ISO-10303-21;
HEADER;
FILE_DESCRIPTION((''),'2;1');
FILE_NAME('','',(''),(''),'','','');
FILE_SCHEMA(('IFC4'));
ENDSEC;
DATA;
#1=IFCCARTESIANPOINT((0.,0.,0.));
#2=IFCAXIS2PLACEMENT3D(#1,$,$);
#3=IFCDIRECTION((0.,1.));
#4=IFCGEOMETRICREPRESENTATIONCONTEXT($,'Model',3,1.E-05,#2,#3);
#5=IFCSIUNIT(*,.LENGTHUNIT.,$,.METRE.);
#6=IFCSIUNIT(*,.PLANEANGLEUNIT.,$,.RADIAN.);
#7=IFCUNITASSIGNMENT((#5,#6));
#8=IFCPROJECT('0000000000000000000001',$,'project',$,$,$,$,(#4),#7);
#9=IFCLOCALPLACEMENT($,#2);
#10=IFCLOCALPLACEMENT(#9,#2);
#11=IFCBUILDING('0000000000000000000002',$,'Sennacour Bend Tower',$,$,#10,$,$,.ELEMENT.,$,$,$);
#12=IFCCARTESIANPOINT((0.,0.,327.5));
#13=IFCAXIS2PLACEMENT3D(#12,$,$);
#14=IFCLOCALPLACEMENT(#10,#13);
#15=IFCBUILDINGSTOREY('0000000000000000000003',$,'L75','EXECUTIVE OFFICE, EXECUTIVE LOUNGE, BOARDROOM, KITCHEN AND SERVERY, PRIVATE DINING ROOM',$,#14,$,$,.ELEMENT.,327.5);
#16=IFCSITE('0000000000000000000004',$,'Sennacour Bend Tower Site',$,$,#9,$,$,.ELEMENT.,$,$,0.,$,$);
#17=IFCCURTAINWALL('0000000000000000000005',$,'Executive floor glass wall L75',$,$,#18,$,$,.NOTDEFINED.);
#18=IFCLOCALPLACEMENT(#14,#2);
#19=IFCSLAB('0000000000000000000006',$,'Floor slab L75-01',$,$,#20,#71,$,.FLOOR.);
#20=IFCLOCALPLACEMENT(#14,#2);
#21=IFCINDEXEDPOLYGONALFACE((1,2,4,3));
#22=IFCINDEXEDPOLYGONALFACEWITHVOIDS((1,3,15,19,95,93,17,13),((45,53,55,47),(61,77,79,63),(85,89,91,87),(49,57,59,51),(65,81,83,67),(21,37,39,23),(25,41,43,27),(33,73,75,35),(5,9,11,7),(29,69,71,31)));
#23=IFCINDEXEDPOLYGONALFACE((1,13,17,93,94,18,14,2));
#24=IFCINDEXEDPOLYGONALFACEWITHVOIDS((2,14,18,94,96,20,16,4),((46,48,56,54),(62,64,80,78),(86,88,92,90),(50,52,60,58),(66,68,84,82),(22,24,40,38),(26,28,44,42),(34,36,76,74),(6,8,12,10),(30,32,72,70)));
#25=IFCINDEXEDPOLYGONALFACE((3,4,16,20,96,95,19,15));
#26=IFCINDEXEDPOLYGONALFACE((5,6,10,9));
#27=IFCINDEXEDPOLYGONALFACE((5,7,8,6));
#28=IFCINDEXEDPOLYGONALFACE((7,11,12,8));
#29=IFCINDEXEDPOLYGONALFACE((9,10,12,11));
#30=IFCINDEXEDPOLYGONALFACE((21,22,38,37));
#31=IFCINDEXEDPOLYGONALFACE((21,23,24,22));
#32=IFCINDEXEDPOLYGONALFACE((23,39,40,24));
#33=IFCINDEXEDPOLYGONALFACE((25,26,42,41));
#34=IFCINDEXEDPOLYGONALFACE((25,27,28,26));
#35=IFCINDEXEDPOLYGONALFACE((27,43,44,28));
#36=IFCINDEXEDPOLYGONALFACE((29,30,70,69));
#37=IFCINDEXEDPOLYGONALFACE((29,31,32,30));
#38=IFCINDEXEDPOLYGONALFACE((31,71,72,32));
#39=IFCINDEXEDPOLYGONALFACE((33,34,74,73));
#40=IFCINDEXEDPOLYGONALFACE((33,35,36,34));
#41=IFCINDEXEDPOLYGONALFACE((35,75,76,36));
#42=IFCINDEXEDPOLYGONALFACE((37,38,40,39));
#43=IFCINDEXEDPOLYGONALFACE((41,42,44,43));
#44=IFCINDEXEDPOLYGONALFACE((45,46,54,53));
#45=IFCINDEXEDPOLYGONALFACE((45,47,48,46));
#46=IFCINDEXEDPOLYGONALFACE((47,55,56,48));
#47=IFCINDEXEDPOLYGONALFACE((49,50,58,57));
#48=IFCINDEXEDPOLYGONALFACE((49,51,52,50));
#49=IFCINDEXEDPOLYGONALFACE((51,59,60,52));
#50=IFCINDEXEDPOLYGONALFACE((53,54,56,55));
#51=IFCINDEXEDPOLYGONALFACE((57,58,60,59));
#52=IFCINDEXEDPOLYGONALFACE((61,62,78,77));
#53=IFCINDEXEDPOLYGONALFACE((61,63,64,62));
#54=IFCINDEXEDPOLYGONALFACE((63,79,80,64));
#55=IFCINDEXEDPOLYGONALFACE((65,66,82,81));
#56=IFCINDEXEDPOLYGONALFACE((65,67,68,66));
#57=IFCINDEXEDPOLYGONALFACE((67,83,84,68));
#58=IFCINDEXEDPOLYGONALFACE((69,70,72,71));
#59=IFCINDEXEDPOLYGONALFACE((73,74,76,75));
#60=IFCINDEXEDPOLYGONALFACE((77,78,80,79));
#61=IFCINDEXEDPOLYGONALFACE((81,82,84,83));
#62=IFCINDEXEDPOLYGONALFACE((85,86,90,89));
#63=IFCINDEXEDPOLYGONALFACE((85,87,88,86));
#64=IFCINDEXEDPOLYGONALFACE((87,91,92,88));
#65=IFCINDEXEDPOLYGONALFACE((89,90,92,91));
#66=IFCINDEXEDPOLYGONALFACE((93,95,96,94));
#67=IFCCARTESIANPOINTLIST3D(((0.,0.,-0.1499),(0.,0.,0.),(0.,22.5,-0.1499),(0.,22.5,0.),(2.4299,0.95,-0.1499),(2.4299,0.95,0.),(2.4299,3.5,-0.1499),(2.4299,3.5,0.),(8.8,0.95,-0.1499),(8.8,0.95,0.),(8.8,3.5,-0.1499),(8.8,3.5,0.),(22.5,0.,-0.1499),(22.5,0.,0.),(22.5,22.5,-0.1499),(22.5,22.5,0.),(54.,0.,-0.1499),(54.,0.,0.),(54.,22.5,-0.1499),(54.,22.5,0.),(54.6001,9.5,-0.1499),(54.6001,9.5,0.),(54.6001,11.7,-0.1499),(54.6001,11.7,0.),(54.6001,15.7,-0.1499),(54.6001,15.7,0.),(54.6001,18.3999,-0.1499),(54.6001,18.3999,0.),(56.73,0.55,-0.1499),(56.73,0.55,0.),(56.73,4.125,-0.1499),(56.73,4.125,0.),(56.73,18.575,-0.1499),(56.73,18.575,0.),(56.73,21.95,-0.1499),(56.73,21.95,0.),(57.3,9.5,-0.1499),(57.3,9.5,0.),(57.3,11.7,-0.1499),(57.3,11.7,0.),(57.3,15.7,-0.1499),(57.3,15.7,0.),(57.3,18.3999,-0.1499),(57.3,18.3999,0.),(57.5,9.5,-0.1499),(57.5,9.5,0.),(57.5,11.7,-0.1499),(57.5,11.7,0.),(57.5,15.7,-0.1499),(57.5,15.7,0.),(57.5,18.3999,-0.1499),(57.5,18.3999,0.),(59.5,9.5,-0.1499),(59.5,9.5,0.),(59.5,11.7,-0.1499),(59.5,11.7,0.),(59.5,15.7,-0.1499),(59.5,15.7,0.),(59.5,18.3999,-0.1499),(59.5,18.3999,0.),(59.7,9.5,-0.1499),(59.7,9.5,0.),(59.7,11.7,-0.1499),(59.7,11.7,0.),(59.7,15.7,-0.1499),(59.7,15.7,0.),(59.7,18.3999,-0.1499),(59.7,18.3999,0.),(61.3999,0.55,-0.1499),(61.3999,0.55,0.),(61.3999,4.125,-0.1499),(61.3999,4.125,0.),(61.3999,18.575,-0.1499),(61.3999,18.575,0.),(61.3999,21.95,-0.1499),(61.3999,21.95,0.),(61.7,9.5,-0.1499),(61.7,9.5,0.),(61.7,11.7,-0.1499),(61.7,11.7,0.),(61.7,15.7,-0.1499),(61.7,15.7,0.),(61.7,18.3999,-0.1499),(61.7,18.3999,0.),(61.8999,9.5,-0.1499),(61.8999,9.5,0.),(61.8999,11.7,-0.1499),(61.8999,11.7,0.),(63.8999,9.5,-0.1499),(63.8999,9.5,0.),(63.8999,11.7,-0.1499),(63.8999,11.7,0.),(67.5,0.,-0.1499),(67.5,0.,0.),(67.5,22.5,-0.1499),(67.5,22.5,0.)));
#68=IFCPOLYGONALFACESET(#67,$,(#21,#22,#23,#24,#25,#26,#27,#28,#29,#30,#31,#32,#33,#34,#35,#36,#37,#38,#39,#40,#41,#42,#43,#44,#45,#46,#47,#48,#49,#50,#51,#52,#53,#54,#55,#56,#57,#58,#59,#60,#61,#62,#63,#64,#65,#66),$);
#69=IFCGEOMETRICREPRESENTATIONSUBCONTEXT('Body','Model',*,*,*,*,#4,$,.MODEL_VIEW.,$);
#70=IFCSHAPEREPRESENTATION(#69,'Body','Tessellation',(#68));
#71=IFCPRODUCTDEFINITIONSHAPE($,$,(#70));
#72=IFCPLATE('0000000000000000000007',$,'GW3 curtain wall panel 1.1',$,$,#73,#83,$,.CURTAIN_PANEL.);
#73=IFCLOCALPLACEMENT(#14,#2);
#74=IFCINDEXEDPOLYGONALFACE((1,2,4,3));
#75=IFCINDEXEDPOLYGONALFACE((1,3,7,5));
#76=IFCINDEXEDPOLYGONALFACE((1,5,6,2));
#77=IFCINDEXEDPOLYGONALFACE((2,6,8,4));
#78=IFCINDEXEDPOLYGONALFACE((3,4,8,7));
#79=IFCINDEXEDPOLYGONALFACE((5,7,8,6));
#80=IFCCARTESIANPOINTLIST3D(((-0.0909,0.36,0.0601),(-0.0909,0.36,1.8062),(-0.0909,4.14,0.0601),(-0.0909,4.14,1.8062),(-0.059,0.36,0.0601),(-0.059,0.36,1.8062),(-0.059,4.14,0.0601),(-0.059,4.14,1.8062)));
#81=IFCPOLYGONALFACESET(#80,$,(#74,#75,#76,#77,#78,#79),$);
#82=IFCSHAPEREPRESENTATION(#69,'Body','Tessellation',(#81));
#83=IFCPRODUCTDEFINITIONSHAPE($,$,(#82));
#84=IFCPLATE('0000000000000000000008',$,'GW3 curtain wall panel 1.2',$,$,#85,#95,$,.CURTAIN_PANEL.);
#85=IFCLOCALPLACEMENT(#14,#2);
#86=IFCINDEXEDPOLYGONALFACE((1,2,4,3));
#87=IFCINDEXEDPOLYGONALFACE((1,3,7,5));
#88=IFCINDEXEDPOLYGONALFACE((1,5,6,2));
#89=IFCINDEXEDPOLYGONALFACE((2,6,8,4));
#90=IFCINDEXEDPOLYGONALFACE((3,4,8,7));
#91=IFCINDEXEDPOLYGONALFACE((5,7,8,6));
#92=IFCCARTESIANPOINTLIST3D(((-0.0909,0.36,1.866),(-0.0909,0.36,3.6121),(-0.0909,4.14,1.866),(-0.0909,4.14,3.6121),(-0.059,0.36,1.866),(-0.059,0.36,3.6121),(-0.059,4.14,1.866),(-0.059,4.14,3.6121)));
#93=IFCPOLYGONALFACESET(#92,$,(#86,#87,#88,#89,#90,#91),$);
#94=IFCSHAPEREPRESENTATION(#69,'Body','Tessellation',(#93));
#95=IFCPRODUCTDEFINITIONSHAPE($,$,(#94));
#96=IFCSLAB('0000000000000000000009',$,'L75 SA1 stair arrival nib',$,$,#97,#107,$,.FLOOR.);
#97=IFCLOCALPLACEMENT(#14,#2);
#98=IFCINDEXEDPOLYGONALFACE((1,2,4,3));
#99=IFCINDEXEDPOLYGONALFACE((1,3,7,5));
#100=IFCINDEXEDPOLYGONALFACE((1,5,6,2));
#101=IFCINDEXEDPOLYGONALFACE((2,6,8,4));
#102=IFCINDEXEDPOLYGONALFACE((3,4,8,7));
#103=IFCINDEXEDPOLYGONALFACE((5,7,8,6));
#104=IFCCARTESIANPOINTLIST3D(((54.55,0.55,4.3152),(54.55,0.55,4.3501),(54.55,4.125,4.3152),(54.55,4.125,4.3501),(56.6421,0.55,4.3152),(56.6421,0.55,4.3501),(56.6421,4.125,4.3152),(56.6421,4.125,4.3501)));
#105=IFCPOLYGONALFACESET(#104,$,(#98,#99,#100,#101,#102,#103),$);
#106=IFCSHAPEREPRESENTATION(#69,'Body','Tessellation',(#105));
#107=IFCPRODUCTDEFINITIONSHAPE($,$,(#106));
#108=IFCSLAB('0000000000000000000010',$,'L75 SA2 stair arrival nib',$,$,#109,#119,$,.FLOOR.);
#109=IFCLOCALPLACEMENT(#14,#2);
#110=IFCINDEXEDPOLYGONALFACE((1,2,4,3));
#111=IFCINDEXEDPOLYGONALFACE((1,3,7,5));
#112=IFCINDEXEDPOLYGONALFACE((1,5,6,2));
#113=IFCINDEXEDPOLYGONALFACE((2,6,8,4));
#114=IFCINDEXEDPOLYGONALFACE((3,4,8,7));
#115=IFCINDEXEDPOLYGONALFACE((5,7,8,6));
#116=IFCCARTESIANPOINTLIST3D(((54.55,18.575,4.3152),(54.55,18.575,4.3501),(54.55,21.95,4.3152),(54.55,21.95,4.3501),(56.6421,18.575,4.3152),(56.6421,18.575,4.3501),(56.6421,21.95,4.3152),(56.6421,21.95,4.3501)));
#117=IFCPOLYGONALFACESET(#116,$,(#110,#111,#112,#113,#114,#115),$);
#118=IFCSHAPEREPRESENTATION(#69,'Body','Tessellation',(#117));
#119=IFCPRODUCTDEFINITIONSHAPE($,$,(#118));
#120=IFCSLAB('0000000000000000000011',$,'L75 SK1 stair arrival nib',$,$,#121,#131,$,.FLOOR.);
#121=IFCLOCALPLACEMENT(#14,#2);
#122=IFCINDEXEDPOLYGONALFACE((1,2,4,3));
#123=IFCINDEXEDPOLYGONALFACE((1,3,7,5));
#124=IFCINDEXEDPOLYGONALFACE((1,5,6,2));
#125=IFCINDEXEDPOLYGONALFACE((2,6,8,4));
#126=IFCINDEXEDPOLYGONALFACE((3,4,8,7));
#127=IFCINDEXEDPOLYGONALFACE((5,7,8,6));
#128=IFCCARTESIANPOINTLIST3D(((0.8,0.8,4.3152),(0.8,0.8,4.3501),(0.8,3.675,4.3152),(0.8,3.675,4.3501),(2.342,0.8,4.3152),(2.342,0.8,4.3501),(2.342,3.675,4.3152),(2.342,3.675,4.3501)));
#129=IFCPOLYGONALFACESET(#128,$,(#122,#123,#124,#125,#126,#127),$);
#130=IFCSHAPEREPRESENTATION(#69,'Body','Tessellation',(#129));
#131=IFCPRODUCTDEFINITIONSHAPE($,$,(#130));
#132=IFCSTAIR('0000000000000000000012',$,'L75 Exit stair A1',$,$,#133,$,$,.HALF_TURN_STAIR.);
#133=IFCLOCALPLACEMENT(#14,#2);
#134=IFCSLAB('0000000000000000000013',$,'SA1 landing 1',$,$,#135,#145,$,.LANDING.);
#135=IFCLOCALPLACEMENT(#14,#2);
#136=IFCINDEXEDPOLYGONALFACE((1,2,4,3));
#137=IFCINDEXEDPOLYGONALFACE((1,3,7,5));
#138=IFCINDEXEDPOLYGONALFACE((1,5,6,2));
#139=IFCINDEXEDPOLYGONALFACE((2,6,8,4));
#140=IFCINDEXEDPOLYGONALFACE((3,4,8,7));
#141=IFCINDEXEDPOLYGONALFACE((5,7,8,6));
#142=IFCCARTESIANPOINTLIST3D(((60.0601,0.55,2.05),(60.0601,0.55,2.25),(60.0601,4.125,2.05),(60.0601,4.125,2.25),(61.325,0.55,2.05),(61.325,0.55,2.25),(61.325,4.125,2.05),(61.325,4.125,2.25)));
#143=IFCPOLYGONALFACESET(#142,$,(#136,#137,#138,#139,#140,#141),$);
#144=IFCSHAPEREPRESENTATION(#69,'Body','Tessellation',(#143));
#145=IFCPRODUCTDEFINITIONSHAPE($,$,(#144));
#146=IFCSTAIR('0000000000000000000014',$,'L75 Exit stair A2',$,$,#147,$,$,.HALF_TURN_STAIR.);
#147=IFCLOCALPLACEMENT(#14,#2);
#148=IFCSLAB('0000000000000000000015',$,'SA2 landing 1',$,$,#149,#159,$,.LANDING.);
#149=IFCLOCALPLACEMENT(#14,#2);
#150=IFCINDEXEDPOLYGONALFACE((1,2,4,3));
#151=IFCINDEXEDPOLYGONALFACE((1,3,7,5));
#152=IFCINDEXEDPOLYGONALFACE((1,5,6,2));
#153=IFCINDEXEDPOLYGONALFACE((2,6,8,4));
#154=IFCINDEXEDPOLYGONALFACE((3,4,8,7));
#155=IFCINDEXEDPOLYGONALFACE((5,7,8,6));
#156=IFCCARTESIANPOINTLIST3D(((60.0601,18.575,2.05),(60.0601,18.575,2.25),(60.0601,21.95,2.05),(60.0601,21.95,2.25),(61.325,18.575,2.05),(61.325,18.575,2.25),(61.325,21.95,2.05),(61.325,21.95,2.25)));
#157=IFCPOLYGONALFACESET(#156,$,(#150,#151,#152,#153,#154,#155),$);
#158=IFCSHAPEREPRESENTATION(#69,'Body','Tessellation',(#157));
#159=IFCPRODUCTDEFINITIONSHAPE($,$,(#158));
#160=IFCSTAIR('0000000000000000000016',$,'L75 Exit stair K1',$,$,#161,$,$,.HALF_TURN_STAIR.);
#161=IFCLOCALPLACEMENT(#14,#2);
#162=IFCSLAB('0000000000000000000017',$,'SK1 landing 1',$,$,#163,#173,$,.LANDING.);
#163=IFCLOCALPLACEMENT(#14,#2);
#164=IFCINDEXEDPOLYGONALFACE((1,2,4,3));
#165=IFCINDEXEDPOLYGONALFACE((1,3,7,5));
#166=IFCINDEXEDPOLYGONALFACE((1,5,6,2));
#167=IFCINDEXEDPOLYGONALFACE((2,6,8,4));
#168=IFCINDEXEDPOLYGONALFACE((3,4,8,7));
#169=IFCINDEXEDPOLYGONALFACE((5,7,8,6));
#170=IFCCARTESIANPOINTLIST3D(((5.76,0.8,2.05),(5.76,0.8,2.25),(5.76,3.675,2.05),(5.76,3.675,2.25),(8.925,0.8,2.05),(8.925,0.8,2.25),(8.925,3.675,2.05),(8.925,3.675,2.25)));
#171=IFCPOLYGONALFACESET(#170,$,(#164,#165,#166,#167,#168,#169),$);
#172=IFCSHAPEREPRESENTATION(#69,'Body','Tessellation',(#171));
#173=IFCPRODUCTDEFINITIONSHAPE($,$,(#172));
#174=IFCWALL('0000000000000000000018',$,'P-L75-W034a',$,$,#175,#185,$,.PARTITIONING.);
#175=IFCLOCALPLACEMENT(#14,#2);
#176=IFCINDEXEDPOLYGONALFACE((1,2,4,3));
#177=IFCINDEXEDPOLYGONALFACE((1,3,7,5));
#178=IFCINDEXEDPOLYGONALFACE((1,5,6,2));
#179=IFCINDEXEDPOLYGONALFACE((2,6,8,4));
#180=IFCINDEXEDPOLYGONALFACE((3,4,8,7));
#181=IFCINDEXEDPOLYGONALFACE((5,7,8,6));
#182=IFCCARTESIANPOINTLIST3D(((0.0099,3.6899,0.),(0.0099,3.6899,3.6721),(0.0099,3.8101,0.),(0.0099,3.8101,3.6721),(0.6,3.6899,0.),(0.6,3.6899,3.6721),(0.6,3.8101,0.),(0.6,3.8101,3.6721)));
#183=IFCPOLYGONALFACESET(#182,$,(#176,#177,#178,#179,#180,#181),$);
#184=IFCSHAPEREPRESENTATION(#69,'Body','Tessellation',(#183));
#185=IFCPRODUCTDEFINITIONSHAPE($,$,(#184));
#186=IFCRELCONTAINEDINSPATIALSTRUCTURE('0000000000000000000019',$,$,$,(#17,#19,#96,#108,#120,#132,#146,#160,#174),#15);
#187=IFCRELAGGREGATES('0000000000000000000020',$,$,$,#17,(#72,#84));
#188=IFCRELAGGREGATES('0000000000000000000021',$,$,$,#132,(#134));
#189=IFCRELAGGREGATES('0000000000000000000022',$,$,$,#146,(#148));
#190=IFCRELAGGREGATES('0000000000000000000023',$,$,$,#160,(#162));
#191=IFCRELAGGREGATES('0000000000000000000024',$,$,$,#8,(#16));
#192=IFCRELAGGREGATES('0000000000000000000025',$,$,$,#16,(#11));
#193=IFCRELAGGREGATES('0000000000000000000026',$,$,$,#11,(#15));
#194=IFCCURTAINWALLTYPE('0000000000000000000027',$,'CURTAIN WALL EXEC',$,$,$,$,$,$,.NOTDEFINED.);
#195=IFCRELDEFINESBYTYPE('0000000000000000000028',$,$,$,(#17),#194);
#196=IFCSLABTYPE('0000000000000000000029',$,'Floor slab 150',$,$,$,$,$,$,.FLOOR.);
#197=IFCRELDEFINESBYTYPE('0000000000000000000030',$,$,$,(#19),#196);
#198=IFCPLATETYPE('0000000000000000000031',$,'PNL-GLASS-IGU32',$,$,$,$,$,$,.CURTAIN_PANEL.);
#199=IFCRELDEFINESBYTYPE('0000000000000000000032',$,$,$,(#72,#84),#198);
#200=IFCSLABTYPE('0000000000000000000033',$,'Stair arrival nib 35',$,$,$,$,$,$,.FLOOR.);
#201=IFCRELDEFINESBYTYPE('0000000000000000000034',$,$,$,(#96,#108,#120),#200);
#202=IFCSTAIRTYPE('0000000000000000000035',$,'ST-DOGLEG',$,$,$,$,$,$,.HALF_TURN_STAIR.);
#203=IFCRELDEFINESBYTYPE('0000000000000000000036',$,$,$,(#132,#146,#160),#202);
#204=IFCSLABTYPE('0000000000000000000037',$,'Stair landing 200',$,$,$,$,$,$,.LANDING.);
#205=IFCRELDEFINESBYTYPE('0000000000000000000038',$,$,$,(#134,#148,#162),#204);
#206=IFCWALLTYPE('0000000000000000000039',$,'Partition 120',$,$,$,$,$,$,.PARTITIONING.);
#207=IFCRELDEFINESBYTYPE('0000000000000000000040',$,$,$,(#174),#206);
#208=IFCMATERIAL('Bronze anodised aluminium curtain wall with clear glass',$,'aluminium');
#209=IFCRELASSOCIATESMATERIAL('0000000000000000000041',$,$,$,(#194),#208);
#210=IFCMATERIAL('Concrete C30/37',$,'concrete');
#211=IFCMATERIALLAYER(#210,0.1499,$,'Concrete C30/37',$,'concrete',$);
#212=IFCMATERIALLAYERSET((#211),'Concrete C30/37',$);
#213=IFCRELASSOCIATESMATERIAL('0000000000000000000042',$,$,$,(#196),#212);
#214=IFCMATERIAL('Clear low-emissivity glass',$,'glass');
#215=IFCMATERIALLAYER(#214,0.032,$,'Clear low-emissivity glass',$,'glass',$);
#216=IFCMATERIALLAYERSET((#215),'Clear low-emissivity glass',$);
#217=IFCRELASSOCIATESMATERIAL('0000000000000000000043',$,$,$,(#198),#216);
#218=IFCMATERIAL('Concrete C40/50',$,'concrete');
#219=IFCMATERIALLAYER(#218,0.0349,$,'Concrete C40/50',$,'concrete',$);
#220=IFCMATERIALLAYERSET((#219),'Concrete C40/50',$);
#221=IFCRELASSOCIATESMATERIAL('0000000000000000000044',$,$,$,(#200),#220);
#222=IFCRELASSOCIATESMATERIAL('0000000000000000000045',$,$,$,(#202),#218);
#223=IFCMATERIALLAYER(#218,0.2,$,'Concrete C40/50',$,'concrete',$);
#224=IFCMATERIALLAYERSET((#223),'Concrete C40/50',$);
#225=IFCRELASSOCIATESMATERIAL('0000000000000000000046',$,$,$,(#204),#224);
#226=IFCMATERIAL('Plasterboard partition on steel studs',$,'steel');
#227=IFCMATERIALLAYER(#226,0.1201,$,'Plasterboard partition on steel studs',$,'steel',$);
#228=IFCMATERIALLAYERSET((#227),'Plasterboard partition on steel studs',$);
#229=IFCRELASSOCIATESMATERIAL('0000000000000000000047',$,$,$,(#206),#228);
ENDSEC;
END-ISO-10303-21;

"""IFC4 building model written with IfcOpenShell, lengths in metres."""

from ifc_helpers import new_model, si_unit, direction, frame, frame_2d, origin, origin_2d, place, context, subcontext, project, spatial, polyline, rectangle, outline, extrude, material, layer, layer_set, type_object, element, aggregate, save


model = new_model("IFC4")

# Units and contexts
model_context = context("Model", 3, precision=1e-05, world=origin(), true_north=direction((0.0, 1.0)))
body_context = subcontext(model_context, "Body", "Model", "MODEL_VIEW")
ifc_project = project(units=[si_unit("LENGTHUNIT", "METRE"), si_unit("PLANEANGLEUNIT", "RADIAN")], contexts=[model_context])

# Site, building, storey
site_placement = place(None, origin())
site = spatial("IfcSite", under=ifc_project, at=site_placement, Name="Sennacour Bend Tower Site", CompositionType="ELEMENT", RefElevation=0.0)
building_placement = place(site_placement, origin())
building = spatial("IfcBuilding", under=site, at=building_placement, Name="Sennacour Bend Tower", CompositionType="ELEMENT")
storey_placement = place(building_placement, frame((0.0, 0.0, 327.5)))
storey = spatial("IfcBuildingStorey", under=building, at=storey_placement, Name="L75", Description="EXECUTIVE OFFICE, EXECUTIVE LOUNGE, BOARDROOM, KITCHEN AND SERVERY, PRIVATE DINING ROOM", CompositionType="ELEMENT", Elevation=327.5)

# Shared definitions
ifc_material_1 = material(Name="Bronze anodised aluminium curtain wall with clear glass", Category="aluminium")
curtain_wall_type = type_object("IfcCurtainWallType", Name="CURTAIN WALL EXEC", PredefinedType="NOTDEFINED", material=ifc_material_1)

# Curtain wall
curtain_wall_1_placement = place(storey_placement, origin())
curtain_wall_1 = element("IfcCurtainWall", 1, at=curtain_wall_1_placement, inside=storey, type_object=curtain_wall_type, Name="Executive floor glass wall L75", PredefinedType="NOTDEFINED")

# Slab
ifc_material_2 = material(Name="Concrete C30/37", Category="concrete")
ifc_layer_1 = layer(ifc_material_2, 0.1499, Name="Concrete C30/37", Category="concrete")
ifc_layer_set_1 = layer_set([ifc_layer_1], Name="Concrete C30/37")
slab_type_1 = type_object("IfcSlabType", Name="Floor slab 150", PredefinedType="FLOOR", material=ifc_layer_set_1)
slab_1_placement = place(storey_placement, frame((0.0, 0.0, -0.1499)))
element("IfcSlab", 2, at=slab_1_placement, inside=storey, type_object=slab_type_1, Name="Floor slab L75-01", PredefinedType="FLOOR", context=body_context, shape_type="SweptSolid", body=[
    extrude(outline(polyline([(0.0, 22.5), (22.5, 22.5), (54.0, 22.5), (67.5, 22.5), (67.5, 0.0), (54.0, 0.0), (22.5, 0.0), (0.0, 0.0), (0.0, 22.5)]), holes=[polyline([(8.8, 3.5), (2.4299, 3.5), (2.4299, 0.95), (8.8, 0.95), (8.8, 3.5)]), polyline([(61.3999, 4.125), (56.73, 4.125), (56.73, 0.55), (61.3999, 0.55), (61.3999, 4.125)]), polyline([(57.3, 11.7), (54.6001, 11.7), (54.6001, 9.5), (57.3, 9.5), (57.3, 11.7)]), polyline([(59.5, 9.5), (59.5, 11.7), (57.5, 11.7), (57.5, 9.5), (59.5, 9.5)]), polyline([(61.7, 9.5), (61.7, 11.7), (59.7, 11.7), (59.7, 9.5), (61.7, 9.5)]), polyline([(63.8999, 11.7), (61.8999, 11.7), (61.8999, 9.5), (63.8999, 9.5), (63.8999, 11.7)]), polyline([(57.3, 18.3999), (54.6001, 18.3999), (54.6001, 15.7), (57.3, 15.7), (57.3, 18.3999)]), polyline([(59.5, 18.3999), (57.5, 18.3999), (57.5, 15.7), (59.5, 15.7), (59.5, 18.3999)]), polyline([(61.7, 15.7), (61.7, 18.3999), (59.7, 18.3999), (59.7, 15.7), (61.7, 15.7)]), polyline([(61.3999, 18.575), (61.3999, 21.95), (56.73, 21.95), (56.73, 18.575), (61.3999, 18.575)])]), origin(), (0.0, 0.0, 1.0), 0.1499),
])

# Plates
ifc_material_3 = material(Name="Clear low-emissivity glass", Category="glass")
ifc_layer_2 = layer(ifc_material_3, 0.032, Name="Clear low-emissivity glass", Category="glass")
ifc_layer_set_2 = layer_set([ifc_layer_2], Name="Clear low-emissivity glass")
plate_type = type_object("IfcPlateType", Name="PNL-GLASS-IGU32", PredefinedType="CURTAIN_PANEL", material=ifc_layer_set_2)
plate_1_placement = place(storey_placement, frame((-0.075, 2.25, 0.0601), z_axis=(0.0, 0.0, 1.0), x_axis=(0.0, -1.0, 0.0)))
plate_1 = element("IfcPlate", 3, at=plate_1_placement, type_object=plate_type, Name="GW3 curtain wall panel 1.1", PredefinedType="CURTAIN_PANEL", context=body_context, shape_type="SweptSolid", body=[
    extrude(rectangle(XDim=3.78, YDim=0.032, at=origin_2d()), origin(), (0.0, 0.0, 1.0), 1.7461),
])
plate_2_placement = place(storey_placement, frame((-0.075, 2.25, 1.866), z_axis=(0.0, 0.0, 1.0), x_axis=(0.0, -1.0, 0.0)))
plate_2 = element("IfcPlate", 4, at=plate_2_placement, type_object=plate_type, Name="GW3 curtain wall panel 1.2", PredefinedType="CURTAIN_PANEL", context=body_context, shape_type="SweptSolid", body=[
    extrude(rectangle(XDim=3.78, YDim=0.032, at=origin_2d()), origin(), (0.0, 0.0, 1.0), 1.7461),
])
aggregate(curtain_wall_1, [plate_1, plate_2])

# Slabs
ifc_material_4 = material(Name="Concrete C40/50", Category="concrete")
ifc_layer_3 = layer(ifc_material_4, 0.0349, Name="Concrete C40/50", Category="concrete")
ifc_layer_set_3 = layer_set([ifc_layer_3], Name="Concrete C40/50")
slab_type_2 = type_object("IfcSlabType", Name="Stair arrival nib 35", PredefinedType="FLOOR", material=ifc_layer_set_3)
slab_2_placement = place(storey_placement, frame((0.0, 0.0, 4.3152)))
element("IfcSlab", 5, at=slab_2_placement, inside=storey, type_object=slab_type_2, Name="L75 SA1 stair arrival nib", PredefinedType="FLOOR", context=body_context, shape_type="SweptSolid", body=[
    extrude(outline(polyline([(56.6421, 4.125), (54.55, 4.125), (54.55, 0.55), (56.6421, 0.55), (56.6421, 4.125)])), origin(), (0.0, 0.0, 1.0), 0.0349),
])
slab_3_placement = place(storey_placement, frame((0.0, 0.0, 4.3152)))
element("IfcSlab", 6, at=slab_3_placement, inside=storey, type_object=slab_type_2, Name="L75 SA2 stair arrival nib", PredefinedType="FLOOR", context=body_context, shape_type="SweptSolid", body=[
    extrude(outline(polyline([(56.6421, 21.95), (54.55, 21.95), (54.55, 18.575), (56.6421, 18.575), (56.6421, 21.95)])), origin(), (0.0, 0.0, 1.0), 0.0349),
])
slab_4_placement = place(storey_placement, frame((0.0, 0.0, 4.3152)))
element("IfcSlab", 7, at=slab_4_placement, inside=storey, type_object=slab_type_2, Name="L75 SK1 stair arrival nib", PredefinedType="FLOOR", context=body_context, shape_type="SweptSolid", body=[
    extrude(outline(polyline([(2.342, 3.675), (0.8, 3.675), (0.8, 0.8), (2.342, 0.8), (2.342, 3.675)])), origin(), (0.0, 0.0, 1.0), 0.0349),
])

# Stairs, slabs
stair_type = type_object("IfcStairType", Name="ST-DOGLEG", PredefinedType="HALF_TURN_STAIR", material=ifc_material_4)
stair_1_placement = place(storey_placement, origin())
stair_1 = element("IfcStair", 8, at=stair_1_placement, inside=storey, type_object=stair_type, Name="L75 Exit stair A1", PredefinedType="HALF_TURN_STAIR")
ifc_layer_4 = layer(ifc_material_4, 0.2, Name="Concrete C40/50", Category="concrete")
ifc_layer_set_4 = layer_set([ifc_layer_4], Name="Concrete C40/50")
slab_type_3 = type_object("IfcSlabType", Name="Stair landing 200", PredefinedType="LANDING", material=ifc_layer_set_4)
slab_5_placement = place(storey_placement, frame((0.0, 0.0, 2.05)))
slab_5 = element("IfcSlab", 9, at=slab_5_placement, type_object=slab_type_3, Name="SA1 landing 1", PredefinedType="LANDING", context=body_context, shape_type="SweptSolid", body=[
    extrude(outline(polyline([(60.0601, 0.55), (61.325, 0.55), (61.325, 4.125), (60.0601, 4.125), (60.0601, 0.55)])), origin(), (0.0, 0.0, 1.0), 0.2),
])
aggregate(stair_1, [slab_5])
stair_2_placement = place(storey_placement, origin())
stair_2 = element("IfcStair", 10, at=stair_2_placement, inside=storey, type_object=stair_type, Name="L75 Exit stair A2", PredefinedType="HALF_TURN_STAIR")
slab_6_placement = place(storey_placement, frame((0.0, 0.0, 2.05)))
slab_6 = element("IfcSlab", 11, at=slab_6_placement, type_object=slab_type_3, Name="SA2 landing 1", PredefinedType="LANDING", context=body_context, shape_type="SweptSolid", body=[
    extrude(outline(polyline([(60.0601, 18.575), (61.325, 18.575), (61.325, 21.95), (60.0601, 21.95), (60.0601, 18.575)])), origin(), (0.0, 0.0, 1.0), 0.2),
])
aggregate(stair_2, [slab_6])
stair_3_placement = place(storey_placement, origin())
stair_3 = element("IfcStair", 12, at=stair_3_placement, inside=storey, type_object=stair_type, Name="L75 Exit stair K1", PredefinedType="HALF_TURN_STAIR")
slab_7_placement = place(storey_placement, frame((0.0, 0.0, 2.05)))
slab_7 = element("IfcSlab", 13, at=slab_7_placement, type_object=slab_type_3, Name="SK1 landing 1", PredefinedType="LANDING", context=body_context, shape_type="SweptSolid", body=[
    extrude(outline(polyline([(5.76, 0.8), (8.925, 0.8), (8.925, 3.675), (5.76, 3.675), (5.76, 0.8)])), origin(), (0.0, 0.0, 1.0), 0.2),
])
aggregate(stair_3, [slab_7])

# Wall
ifc_material_5 = material(Name="Plasterboard partition on steel studs", Category="steel")
ifc_layer_5 = layer(ifc_material_5, 0.1201, Name="Plasterboard partition on steel studs", Category="steel")
ifc_layer_set_5 = layer_set([ifc_layer_5], Name="Plasterboard partition on steel studs")
wall_type = type_object("IfcWallType", Name="Partition 120", PredefinedType="PARTITIONING", material=ifc_layer_set_5)
wall_placement = place(storey_placement, frame((0.01, 3.75, 0.0), z_axis=(0.0, 0.0, 1.0), x_axis=(1.0, 0.0, 0.0)))
element("IfcWall", 14, at=wall_placement, inside=storey, type_object=wall_type, Name="P-L75-W034a", PredefinedType="PARTITIONING", context=body_context, shape_type="SweptSolid", body=[
    extrude(rectangle(XDim=0.5901, YDim=0.1201, at=frame_2d((0.2949, 0.0))), origin(), (0.0, 0.0, 1.0), 3.6721),
])

save(model, "model.ifc")
